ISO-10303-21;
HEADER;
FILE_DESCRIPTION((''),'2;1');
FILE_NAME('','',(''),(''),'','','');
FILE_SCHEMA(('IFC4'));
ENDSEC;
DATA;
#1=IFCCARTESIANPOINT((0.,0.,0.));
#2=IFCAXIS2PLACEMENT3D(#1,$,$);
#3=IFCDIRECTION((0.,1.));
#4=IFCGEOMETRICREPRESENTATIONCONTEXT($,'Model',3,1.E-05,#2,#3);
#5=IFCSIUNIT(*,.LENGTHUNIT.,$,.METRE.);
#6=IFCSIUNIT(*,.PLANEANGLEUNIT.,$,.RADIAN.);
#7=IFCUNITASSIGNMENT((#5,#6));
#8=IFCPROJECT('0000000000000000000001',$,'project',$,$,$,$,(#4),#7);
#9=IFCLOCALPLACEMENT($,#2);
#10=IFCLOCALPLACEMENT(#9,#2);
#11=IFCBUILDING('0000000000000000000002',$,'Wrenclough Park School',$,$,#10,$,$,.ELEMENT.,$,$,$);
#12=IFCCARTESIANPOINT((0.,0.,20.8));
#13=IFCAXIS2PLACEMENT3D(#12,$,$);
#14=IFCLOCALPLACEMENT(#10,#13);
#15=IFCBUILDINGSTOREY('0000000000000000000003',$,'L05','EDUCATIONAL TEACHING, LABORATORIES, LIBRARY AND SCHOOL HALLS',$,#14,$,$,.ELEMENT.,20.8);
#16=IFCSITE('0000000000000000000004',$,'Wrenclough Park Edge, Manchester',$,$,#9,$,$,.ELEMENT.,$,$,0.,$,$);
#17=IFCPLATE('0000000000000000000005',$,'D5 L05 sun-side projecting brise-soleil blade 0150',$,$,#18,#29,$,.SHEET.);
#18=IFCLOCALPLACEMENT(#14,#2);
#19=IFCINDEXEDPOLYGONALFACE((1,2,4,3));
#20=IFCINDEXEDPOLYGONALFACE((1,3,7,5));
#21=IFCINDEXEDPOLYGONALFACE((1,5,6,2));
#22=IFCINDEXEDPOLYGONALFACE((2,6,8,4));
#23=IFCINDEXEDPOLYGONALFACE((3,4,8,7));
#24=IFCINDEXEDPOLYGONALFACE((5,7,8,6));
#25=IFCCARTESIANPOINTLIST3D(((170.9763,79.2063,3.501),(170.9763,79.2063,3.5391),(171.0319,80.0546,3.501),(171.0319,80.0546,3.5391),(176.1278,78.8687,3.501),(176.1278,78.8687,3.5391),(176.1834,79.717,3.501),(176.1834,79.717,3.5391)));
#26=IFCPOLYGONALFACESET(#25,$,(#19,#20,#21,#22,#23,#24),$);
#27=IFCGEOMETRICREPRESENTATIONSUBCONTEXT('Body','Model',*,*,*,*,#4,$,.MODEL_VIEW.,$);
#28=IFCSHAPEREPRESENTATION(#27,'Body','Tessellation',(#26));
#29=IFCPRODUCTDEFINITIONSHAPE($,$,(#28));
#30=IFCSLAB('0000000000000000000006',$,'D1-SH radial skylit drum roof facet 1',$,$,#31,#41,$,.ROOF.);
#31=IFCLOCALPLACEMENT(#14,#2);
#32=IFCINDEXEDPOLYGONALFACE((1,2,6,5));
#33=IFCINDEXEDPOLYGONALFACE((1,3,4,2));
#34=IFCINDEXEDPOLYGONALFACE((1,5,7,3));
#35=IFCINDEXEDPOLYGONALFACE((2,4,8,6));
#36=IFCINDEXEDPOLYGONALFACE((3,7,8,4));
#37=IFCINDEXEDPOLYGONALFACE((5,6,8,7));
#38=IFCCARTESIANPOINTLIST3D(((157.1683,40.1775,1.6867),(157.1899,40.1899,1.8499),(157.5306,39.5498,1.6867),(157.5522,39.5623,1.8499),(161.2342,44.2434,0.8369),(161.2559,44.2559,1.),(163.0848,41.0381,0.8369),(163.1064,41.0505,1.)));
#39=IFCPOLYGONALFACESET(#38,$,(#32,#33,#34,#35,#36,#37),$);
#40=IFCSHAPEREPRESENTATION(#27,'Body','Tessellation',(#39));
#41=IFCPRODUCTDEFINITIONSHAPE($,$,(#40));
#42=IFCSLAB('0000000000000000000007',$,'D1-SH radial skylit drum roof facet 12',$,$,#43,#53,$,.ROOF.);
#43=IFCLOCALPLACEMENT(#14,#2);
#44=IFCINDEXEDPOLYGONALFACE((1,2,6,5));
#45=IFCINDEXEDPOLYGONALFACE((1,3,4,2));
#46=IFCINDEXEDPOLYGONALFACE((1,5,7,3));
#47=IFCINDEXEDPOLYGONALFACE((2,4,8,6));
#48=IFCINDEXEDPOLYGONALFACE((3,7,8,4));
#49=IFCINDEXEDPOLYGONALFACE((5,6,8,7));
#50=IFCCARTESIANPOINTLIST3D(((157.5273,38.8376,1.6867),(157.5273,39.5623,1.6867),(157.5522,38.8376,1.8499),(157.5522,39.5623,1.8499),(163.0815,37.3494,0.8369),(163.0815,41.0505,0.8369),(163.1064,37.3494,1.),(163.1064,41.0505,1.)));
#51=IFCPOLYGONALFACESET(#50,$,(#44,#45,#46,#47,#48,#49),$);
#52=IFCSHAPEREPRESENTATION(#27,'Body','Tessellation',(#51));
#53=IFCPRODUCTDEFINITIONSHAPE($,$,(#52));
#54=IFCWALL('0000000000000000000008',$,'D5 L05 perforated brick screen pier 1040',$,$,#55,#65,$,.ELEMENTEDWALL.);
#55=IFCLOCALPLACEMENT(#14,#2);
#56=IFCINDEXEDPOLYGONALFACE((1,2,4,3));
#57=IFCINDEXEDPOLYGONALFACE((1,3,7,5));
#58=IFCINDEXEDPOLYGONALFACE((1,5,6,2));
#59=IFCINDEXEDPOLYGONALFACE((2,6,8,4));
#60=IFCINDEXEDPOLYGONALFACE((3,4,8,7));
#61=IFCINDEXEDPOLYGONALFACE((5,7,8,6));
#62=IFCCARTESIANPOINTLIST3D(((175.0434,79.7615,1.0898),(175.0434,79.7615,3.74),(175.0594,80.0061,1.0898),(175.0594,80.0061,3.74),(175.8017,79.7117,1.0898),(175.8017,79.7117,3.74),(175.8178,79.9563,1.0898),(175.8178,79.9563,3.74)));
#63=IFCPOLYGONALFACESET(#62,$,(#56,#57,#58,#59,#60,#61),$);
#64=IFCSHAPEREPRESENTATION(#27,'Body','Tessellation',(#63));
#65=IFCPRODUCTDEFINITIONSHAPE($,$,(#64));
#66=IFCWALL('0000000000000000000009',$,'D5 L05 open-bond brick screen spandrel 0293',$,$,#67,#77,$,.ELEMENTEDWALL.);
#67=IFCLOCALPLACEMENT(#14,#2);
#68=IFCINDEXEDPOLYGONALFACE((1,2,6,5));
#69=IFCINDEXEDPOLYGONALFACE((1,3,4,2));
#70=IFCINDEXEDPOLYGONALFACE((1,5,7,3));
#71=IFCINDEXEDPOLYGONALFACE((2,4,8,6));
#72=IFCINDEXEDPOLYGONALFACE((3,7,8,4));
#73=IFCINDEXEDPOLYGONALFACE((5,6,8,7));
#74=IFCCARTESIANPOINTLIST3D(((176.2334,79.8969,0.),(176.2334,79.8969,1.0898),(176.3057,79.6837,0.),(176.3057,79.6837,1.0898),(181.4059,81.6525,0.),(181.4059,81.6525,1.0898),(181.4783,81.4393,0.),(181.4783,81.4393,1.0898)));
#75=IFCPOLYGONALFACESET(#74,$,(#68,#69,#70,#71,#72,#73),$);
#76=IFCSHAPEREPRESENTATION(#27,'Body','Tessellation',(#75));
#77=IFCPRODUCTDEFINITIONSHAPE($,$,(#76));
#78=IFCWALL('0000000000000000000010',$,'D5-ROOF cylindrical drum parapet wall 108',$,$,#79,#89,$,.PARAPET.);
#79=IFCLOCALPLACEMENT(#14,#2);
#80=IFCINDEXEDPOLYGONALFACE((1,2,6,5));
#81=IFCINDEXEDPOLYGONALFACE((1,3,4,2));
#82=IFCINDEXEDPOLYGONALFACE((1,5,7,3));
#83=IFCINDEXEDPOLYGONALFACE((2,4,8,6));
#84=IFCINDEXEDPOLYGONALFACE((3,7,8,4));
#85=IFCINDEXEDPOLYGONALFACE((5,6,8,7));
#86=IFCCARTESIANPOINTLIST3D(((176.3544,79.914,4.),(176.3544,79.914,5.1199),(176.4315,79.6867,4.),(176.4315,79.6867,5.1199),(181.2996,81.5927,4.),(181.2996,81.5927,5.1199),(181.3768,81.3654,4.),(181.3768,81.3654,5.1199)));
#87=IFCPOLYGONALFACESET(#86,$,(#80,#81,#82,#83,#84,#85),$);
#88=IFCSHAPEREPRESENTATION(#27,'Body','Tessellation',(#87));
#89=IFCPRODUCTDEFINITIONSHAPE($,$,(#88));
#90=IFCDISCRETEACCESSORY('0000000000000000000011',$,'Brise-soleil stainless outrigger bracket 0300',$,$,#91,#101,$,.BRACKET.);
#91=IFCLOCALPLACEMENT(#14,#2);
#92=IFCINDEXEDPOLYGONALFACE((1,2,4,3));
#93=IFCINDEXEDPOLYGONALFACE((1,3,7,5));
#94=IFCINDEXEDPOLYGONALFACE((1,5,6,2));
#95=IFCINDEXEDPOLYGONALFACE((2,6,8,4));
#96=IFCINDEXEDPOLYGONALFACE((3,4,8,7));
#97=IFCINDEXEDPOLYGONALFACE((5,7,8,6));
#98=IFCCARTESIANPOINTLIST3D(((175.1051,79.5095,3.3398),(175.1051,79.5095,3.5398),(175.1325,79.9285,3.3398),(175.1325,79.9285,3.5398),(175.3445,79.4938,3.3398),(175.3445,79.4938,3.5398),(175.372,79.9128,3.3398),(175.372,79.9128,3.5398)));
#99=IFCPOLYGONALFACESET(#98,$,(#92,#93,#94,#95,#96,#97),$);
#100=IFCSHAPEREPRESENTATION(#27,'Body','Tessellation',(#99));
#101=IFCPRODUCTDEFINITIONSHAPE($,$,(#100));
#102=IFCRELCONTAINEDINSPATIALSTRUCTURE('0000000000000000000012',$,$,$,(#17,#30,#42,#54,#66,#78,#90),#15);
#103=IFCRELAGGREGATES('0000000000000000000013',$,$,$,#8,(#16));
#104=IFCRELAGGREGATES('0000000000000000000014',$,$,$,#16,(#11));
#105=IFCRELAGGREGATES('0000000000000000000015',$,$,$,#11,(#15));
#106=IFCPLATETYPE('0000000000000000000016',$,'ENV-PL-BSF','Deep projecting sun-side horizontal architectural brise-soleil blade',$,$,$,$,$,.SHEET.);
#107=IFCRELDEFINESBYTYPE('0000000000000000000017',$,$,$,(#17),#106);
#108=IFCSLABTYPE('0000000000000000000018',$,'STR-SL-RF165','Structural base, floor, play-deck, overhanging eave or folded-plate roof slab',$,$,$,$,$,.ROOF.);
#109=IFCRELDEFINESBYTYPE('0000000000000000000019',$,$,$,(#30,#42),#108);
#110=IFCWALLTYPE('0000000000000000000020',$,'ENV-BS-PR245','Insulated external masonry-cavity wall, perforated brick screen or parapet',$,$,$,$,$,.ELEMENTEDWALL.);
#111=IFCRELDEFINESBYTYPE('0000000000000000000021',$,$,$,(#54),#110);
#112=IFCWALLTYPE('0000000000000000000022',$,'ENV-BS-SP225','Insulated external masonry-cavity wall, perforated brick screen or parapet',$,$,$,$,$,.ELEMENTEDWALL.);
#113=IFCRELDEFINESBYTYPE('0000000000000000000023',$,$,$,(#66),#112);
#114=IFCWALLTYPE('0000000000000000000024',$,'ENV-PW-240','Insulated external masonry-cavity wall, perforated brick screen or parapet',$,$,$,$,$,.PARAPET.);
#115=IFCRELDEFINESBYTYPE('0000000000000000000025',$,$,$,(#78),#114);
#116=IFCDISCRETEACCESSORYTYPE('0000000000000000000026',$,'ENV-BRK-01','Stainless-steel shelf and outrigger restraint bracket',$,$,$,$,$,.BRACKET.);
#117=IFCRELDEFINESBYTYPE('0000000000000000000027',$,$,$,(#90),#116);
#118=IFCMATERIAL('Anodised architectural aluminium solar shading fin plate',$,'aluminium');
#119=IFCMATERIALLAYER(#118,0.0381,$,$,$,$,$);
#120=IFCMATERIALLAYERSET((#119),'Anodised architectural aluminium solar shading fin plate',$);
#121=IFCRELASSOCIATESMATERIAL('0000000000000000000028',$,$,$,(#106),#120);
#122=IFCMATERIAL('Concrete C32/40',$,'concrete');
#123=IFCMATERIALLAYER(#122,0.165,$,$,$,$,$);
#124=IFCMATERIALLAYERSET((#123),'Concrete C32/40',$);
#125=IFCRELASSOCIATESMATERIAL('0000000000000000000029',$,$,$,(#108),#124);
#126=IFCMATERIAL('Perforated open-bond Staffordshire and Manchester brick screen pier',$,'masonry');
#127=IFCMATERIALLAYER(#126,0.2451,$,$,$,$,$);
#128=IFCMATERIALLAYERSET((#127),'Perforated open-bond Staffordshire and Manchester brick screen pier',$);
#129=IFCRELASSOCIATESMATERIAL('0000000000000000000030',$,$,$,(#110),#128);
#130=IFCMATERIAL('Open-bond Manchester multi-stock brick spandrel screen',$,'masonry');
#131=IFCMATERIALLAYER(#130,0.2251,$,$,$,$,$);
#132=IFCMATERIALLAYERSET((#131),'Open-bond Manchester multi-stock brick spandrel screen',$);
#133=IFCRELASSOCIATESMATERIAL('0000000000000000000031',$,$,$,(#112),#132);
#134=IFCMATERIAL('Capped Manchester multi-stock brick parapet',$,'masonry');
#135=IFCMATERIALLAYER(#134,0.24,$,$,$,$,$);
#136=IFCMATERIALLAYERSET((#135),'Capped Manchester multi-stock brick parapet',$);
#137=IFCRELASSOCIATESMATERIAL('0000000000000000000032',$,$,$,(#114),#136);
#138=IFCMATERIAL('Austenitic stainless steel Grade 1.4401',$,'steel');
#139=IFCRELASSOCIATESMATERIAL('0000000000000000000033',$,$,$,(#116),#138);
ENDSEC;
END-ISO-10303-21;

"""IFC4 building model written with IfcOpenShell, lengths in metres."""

from ifc_helpers import new_model, si_unit, direction, frame, frame_2d, origin, origin_2d, place, context, subcontext, project, spatial, polyline, rectangle, outline, extrude, material, layer, layer_set, type_object, element, save


model = new_model("IFC4")

# Units and contexts
model_context = context("Model", 3, precision=1e-05, world=origin(), true_north=direction((0.0, 1.0)))
body_context = subcontext(model_context, "Body", "Model", "MODEL_VIEW")
ifc_project = project(units=[si_unit("LENGTHUNIT", "METRE"), si_unit("PLANEANGLEUNIT", "RADIAN")], contexts=[model_context])

# Site, building, storey
site_placement = place(None, origin())
site = spatial("IfcSite", under=ifc_project, at=site_placement, Name="Wrenclough Park Edge, Manchester", CompositionType="ELEMENT", RefElevation=0.0)
building_placement = place(site_placement, origin())
building = spatial("IfcBuilding", under=site, at=building_placement, Name="Wrenclough Park School", CompositionType="ELEMENT")
storey_placement = place(building_placement, frame((0.0, 0.0, 20.8)))
storey = spatial("IfcBuildingStorey", under=building, at=storey_placement, Name="L05", Description="EDUCATIONAL TEACHING, LABORATORIES, LIBRARY AND SCHOOL HALLS", CompositionType="ELEMENT", Elevation=20.8)

# Plate
ifc_material_1 = material(Name="Anodised architectural aluminium solar shading fin plate", Category="aluminium")
ifc_layer_1 = layer(ifc_material_1, 0.0381)
ifc_layer_set_1 = layer_set([ifc_layer_1], Name="Anodised architectural aluminium solar shading fin plate")
plate_type_1 = type_object("IfcPlateType", Name="ENV-PL-BSF", Description="Deep projecting sun-side horizontal architectural brise-soleil blade", PredefinedType="SHEET", material=ifc_layer_set_1)
plate_1_placement = place(storey_placement, frame((173.5798, 79.4617, 3.501), z_axis=(0.0, 0.0, 1.0), x_axis=(0.99786, -0.06539, 0.0)))
element("IfcPlate", 1, at=plate_1_placement, inside=storey, type_object=plate_type_1, Name="D5 L05 sun-side projecting brise-soleil blade 0150", PredefinedType="SHEET", context=body_context, shape_type="SweptSolid", body=[
    extrude(rectangle(XDim=5.1626, YDim=0.8501, at=origin_2d()), origin(), (0.0, 0.0, 1.0), 0.0381),
])

# Slabs
ifc_material_2 = material(Name="Concrete C32/40", Category="concrete")
ifc_layer_2 = layer(ifc_material_2, 0.165)
ifc_layer_set_2 = layer_set([ifc_layer_2], Name="Concrete C32/40")
slab_type = type_object("IfcSlabType", Name="STR-SL-RF165", Description="Structural base, floor, play-deck, overhanging eave or folded-plate roof slab", PredefinedType="ROOF", material=ifc_layer_set_2)
slab_1_placement = place(storey_placement, frame((163.1064, 41.0505, 1.0), z_axis=(0.130989, 0.075623, 0.988495), x_axis=(-0.499998, 0.866027, 0.000003)))
element("IfcSlab", 2, at=slab_1_placement, inside=storey, type_object=slab_type, Name="D1-SH radial skylit drum roof facet 1", PredefinedType="ROOF", context=body_context, shape_type="SweptSolid", body=[
    extrude(outline(polyline([(0.0, 0.0), (3.7012, 0.0), (2.2129, 5.6188), (1.4882, 5.6189), (0.0, 0.0)])), origin(), (0.0, 0.0, -1.0), 0.165),
])
slab_2_placement = place(storey_placement, frame((163.1064, 37.3494, 1.0), z_axis=(0.151251, 0.0, 0.988495), x_axis=(0.0, 1.0, 0.0)))
element("IfcSlab", 3, at=slab_2_placement, inside=storey, type_object=slab_type, Name="D1-SH radial skylit drum roof facet 12", PredefinedType="ROOF", context=body_context, shape_type="SweptSolid", body=[
    extrude(outline(polyline([(0.0, 0.0), (3.7012, 0.0), (2.2129, 5.6188), (1.4883, 5.6188), (0.0, 0.0)])), origin(), (0.0, 0.0, -1.0), 0.165),
])

# Walls
ifc_material_3 = material(Name="Perforated open-bond Staffordshire and Manchester brick screen pier", Category="masonry")
ifc_layer_3 = layer(ifc_material_3, 0.2451)
ifc_layer_set_3 = layer_set([ifc_layer_3], Name="Perforated open-bond Staffordshire and Manchester brick screen pier")
wall_type_1 = type_object("IfcWallType", Name="ENV-BS-PR245", Description="Insulated external masonry-cavity wall, perforated brick screen or parapet", PredefinedType="ELEMENTEDWALL", material=ifc_layer_set_3)
wall_1_placement = place(storey_placement, frame((175.0515, 79.8838, 1.0898), z_axis=(0.0, 0.0, 1.0), x_axis=(0.99785, -0.065538, 0.0)))
element("IfcWall", 4, at=wall_1_placement, inside=storey, type_object=wall_type_1, Name="D5 L05 perforated brick screen pier 1040", PredefinedType="ELEMENTEDWALL", context=body_context, shape_type="SweptSolid", body=[
    extrude(rectangle(XDim=0.76, YDim=0.2451, at=frame_2d((0.3799, 0.0))), origin(), (0.0, 0.0, 1.0), 2.6501),
])
ifc_material_4 = material(Name="Open-bond Manchester multi-stock brick spandrel screen", Category="masonry")
ifc_layer_4 = layer(ifc_material_4, 0.2251)
ifc_layer_set_4 = layer_set([ifc_layer_4], Name="Open-bond Manchester multi-stock brick spandrel screen")
wall_type_2 = type_object("IfcWallType", Name="ENV-BS-SP225", Description="Insulated external masonry-cavity wall, perforated brick screen or parapet", PredefinedType="ELEMENTEDWALL", material=ifc_layer_set_4)
wall_2_placement = place(storey_placement, frame((176.2695, 79.7903, 0.0), z_axis=(0.0, 0.0, 1.0), x_axis=(0.946944, 0.321399, 0.0)))
element("IfcWall", 5, at=wall_2_placement, inside=storey, type_object=wall_type_2, Name="D5 L05 open-bond brick screen spandrel 0293", PredefinedType="ELEMENTEDWALL", context=body_context, shape_type="SweptSolid", body=[
    extrude(rectangle(XDim=5.4624, YDim=0.2251, at=frame_2d((2.7312, 0.0))), origin(), (0.0, 0.0, 1.0), 1.0898),
])
ifc_material_5 = material(Name="Capped Manchester multi-stock brick parapet", Category="masonry")
ifc_layer_5 = layer(ifc_material_5, 0.24)
ifc_layer_set_5 = layer_set([ifc_layer_5], Name="Capped Manchester multi-stock brick parapet")
wall_type_3 = type_object("IfcWallType", Name="ENV-PW-240", Description="Insulated external masonry-cavity wall, perforated brick screen or parapet", PredefinedType="PARAPET", material=ifc_layer_set_5)
wall_3_placement = place(storey_placement, frame((176.3928, 79.8003, 4.0), z_axis=(0.0, 0.0, 1.0), x_axis=(0.94693, 0.32144, 0.0)))
element("IfcWall", 6, at=wall_3_placement, inside=storey, type_object=wall_type_3, Name="D5-ROOF cylindrical drum parapet wall 108", PredefinedType="PARAPET", context=body_context, shape_type="SweptSolid", body=[
    extrude(rectangle(XDim=5.2224, YDim=0.24, at=frame_2d((2.6113, 0.0))), origin(), (0.0, 0.0, 1.0), 1.1199),
])

# Discrete accessory
ifc_material_6 = material(Name="Austenitic stainless steel Grade 1.4401", Category="steel")
discrete_accessory_type = type_object("IfcDiscreteAccessoryType", Name="ENV-BRK-01", Description="Stainless-steel shelf and outrigger restraint bracket", PredefinedType="BRACKET", material=ifc_material_6)
discrete_accessory_placement = place(storey_placement, frame((175.2385, 79.7112, 3.3398), z_axis=(0.0, 0.0, 1.0), x_axis=(0.99786, -0.06539, 0.0)))
element("IfcDiscreteAccessory", 7, at=discrete_accessory_placement, inside=storey, type_object=discrete_accessory_type, Name="Brise-soleil stainless outrigger bracket 0300", PredefinedType="BRACKET", context=body_context, shape_type="SweptSolid", body=[
    extrude(rectangle(XDim=0.24, YDim=0.4199, at=origin_2d()), origin(), (0.0, 0.0, 1.0), 0.2),
])

save(model, "model.ifc")
